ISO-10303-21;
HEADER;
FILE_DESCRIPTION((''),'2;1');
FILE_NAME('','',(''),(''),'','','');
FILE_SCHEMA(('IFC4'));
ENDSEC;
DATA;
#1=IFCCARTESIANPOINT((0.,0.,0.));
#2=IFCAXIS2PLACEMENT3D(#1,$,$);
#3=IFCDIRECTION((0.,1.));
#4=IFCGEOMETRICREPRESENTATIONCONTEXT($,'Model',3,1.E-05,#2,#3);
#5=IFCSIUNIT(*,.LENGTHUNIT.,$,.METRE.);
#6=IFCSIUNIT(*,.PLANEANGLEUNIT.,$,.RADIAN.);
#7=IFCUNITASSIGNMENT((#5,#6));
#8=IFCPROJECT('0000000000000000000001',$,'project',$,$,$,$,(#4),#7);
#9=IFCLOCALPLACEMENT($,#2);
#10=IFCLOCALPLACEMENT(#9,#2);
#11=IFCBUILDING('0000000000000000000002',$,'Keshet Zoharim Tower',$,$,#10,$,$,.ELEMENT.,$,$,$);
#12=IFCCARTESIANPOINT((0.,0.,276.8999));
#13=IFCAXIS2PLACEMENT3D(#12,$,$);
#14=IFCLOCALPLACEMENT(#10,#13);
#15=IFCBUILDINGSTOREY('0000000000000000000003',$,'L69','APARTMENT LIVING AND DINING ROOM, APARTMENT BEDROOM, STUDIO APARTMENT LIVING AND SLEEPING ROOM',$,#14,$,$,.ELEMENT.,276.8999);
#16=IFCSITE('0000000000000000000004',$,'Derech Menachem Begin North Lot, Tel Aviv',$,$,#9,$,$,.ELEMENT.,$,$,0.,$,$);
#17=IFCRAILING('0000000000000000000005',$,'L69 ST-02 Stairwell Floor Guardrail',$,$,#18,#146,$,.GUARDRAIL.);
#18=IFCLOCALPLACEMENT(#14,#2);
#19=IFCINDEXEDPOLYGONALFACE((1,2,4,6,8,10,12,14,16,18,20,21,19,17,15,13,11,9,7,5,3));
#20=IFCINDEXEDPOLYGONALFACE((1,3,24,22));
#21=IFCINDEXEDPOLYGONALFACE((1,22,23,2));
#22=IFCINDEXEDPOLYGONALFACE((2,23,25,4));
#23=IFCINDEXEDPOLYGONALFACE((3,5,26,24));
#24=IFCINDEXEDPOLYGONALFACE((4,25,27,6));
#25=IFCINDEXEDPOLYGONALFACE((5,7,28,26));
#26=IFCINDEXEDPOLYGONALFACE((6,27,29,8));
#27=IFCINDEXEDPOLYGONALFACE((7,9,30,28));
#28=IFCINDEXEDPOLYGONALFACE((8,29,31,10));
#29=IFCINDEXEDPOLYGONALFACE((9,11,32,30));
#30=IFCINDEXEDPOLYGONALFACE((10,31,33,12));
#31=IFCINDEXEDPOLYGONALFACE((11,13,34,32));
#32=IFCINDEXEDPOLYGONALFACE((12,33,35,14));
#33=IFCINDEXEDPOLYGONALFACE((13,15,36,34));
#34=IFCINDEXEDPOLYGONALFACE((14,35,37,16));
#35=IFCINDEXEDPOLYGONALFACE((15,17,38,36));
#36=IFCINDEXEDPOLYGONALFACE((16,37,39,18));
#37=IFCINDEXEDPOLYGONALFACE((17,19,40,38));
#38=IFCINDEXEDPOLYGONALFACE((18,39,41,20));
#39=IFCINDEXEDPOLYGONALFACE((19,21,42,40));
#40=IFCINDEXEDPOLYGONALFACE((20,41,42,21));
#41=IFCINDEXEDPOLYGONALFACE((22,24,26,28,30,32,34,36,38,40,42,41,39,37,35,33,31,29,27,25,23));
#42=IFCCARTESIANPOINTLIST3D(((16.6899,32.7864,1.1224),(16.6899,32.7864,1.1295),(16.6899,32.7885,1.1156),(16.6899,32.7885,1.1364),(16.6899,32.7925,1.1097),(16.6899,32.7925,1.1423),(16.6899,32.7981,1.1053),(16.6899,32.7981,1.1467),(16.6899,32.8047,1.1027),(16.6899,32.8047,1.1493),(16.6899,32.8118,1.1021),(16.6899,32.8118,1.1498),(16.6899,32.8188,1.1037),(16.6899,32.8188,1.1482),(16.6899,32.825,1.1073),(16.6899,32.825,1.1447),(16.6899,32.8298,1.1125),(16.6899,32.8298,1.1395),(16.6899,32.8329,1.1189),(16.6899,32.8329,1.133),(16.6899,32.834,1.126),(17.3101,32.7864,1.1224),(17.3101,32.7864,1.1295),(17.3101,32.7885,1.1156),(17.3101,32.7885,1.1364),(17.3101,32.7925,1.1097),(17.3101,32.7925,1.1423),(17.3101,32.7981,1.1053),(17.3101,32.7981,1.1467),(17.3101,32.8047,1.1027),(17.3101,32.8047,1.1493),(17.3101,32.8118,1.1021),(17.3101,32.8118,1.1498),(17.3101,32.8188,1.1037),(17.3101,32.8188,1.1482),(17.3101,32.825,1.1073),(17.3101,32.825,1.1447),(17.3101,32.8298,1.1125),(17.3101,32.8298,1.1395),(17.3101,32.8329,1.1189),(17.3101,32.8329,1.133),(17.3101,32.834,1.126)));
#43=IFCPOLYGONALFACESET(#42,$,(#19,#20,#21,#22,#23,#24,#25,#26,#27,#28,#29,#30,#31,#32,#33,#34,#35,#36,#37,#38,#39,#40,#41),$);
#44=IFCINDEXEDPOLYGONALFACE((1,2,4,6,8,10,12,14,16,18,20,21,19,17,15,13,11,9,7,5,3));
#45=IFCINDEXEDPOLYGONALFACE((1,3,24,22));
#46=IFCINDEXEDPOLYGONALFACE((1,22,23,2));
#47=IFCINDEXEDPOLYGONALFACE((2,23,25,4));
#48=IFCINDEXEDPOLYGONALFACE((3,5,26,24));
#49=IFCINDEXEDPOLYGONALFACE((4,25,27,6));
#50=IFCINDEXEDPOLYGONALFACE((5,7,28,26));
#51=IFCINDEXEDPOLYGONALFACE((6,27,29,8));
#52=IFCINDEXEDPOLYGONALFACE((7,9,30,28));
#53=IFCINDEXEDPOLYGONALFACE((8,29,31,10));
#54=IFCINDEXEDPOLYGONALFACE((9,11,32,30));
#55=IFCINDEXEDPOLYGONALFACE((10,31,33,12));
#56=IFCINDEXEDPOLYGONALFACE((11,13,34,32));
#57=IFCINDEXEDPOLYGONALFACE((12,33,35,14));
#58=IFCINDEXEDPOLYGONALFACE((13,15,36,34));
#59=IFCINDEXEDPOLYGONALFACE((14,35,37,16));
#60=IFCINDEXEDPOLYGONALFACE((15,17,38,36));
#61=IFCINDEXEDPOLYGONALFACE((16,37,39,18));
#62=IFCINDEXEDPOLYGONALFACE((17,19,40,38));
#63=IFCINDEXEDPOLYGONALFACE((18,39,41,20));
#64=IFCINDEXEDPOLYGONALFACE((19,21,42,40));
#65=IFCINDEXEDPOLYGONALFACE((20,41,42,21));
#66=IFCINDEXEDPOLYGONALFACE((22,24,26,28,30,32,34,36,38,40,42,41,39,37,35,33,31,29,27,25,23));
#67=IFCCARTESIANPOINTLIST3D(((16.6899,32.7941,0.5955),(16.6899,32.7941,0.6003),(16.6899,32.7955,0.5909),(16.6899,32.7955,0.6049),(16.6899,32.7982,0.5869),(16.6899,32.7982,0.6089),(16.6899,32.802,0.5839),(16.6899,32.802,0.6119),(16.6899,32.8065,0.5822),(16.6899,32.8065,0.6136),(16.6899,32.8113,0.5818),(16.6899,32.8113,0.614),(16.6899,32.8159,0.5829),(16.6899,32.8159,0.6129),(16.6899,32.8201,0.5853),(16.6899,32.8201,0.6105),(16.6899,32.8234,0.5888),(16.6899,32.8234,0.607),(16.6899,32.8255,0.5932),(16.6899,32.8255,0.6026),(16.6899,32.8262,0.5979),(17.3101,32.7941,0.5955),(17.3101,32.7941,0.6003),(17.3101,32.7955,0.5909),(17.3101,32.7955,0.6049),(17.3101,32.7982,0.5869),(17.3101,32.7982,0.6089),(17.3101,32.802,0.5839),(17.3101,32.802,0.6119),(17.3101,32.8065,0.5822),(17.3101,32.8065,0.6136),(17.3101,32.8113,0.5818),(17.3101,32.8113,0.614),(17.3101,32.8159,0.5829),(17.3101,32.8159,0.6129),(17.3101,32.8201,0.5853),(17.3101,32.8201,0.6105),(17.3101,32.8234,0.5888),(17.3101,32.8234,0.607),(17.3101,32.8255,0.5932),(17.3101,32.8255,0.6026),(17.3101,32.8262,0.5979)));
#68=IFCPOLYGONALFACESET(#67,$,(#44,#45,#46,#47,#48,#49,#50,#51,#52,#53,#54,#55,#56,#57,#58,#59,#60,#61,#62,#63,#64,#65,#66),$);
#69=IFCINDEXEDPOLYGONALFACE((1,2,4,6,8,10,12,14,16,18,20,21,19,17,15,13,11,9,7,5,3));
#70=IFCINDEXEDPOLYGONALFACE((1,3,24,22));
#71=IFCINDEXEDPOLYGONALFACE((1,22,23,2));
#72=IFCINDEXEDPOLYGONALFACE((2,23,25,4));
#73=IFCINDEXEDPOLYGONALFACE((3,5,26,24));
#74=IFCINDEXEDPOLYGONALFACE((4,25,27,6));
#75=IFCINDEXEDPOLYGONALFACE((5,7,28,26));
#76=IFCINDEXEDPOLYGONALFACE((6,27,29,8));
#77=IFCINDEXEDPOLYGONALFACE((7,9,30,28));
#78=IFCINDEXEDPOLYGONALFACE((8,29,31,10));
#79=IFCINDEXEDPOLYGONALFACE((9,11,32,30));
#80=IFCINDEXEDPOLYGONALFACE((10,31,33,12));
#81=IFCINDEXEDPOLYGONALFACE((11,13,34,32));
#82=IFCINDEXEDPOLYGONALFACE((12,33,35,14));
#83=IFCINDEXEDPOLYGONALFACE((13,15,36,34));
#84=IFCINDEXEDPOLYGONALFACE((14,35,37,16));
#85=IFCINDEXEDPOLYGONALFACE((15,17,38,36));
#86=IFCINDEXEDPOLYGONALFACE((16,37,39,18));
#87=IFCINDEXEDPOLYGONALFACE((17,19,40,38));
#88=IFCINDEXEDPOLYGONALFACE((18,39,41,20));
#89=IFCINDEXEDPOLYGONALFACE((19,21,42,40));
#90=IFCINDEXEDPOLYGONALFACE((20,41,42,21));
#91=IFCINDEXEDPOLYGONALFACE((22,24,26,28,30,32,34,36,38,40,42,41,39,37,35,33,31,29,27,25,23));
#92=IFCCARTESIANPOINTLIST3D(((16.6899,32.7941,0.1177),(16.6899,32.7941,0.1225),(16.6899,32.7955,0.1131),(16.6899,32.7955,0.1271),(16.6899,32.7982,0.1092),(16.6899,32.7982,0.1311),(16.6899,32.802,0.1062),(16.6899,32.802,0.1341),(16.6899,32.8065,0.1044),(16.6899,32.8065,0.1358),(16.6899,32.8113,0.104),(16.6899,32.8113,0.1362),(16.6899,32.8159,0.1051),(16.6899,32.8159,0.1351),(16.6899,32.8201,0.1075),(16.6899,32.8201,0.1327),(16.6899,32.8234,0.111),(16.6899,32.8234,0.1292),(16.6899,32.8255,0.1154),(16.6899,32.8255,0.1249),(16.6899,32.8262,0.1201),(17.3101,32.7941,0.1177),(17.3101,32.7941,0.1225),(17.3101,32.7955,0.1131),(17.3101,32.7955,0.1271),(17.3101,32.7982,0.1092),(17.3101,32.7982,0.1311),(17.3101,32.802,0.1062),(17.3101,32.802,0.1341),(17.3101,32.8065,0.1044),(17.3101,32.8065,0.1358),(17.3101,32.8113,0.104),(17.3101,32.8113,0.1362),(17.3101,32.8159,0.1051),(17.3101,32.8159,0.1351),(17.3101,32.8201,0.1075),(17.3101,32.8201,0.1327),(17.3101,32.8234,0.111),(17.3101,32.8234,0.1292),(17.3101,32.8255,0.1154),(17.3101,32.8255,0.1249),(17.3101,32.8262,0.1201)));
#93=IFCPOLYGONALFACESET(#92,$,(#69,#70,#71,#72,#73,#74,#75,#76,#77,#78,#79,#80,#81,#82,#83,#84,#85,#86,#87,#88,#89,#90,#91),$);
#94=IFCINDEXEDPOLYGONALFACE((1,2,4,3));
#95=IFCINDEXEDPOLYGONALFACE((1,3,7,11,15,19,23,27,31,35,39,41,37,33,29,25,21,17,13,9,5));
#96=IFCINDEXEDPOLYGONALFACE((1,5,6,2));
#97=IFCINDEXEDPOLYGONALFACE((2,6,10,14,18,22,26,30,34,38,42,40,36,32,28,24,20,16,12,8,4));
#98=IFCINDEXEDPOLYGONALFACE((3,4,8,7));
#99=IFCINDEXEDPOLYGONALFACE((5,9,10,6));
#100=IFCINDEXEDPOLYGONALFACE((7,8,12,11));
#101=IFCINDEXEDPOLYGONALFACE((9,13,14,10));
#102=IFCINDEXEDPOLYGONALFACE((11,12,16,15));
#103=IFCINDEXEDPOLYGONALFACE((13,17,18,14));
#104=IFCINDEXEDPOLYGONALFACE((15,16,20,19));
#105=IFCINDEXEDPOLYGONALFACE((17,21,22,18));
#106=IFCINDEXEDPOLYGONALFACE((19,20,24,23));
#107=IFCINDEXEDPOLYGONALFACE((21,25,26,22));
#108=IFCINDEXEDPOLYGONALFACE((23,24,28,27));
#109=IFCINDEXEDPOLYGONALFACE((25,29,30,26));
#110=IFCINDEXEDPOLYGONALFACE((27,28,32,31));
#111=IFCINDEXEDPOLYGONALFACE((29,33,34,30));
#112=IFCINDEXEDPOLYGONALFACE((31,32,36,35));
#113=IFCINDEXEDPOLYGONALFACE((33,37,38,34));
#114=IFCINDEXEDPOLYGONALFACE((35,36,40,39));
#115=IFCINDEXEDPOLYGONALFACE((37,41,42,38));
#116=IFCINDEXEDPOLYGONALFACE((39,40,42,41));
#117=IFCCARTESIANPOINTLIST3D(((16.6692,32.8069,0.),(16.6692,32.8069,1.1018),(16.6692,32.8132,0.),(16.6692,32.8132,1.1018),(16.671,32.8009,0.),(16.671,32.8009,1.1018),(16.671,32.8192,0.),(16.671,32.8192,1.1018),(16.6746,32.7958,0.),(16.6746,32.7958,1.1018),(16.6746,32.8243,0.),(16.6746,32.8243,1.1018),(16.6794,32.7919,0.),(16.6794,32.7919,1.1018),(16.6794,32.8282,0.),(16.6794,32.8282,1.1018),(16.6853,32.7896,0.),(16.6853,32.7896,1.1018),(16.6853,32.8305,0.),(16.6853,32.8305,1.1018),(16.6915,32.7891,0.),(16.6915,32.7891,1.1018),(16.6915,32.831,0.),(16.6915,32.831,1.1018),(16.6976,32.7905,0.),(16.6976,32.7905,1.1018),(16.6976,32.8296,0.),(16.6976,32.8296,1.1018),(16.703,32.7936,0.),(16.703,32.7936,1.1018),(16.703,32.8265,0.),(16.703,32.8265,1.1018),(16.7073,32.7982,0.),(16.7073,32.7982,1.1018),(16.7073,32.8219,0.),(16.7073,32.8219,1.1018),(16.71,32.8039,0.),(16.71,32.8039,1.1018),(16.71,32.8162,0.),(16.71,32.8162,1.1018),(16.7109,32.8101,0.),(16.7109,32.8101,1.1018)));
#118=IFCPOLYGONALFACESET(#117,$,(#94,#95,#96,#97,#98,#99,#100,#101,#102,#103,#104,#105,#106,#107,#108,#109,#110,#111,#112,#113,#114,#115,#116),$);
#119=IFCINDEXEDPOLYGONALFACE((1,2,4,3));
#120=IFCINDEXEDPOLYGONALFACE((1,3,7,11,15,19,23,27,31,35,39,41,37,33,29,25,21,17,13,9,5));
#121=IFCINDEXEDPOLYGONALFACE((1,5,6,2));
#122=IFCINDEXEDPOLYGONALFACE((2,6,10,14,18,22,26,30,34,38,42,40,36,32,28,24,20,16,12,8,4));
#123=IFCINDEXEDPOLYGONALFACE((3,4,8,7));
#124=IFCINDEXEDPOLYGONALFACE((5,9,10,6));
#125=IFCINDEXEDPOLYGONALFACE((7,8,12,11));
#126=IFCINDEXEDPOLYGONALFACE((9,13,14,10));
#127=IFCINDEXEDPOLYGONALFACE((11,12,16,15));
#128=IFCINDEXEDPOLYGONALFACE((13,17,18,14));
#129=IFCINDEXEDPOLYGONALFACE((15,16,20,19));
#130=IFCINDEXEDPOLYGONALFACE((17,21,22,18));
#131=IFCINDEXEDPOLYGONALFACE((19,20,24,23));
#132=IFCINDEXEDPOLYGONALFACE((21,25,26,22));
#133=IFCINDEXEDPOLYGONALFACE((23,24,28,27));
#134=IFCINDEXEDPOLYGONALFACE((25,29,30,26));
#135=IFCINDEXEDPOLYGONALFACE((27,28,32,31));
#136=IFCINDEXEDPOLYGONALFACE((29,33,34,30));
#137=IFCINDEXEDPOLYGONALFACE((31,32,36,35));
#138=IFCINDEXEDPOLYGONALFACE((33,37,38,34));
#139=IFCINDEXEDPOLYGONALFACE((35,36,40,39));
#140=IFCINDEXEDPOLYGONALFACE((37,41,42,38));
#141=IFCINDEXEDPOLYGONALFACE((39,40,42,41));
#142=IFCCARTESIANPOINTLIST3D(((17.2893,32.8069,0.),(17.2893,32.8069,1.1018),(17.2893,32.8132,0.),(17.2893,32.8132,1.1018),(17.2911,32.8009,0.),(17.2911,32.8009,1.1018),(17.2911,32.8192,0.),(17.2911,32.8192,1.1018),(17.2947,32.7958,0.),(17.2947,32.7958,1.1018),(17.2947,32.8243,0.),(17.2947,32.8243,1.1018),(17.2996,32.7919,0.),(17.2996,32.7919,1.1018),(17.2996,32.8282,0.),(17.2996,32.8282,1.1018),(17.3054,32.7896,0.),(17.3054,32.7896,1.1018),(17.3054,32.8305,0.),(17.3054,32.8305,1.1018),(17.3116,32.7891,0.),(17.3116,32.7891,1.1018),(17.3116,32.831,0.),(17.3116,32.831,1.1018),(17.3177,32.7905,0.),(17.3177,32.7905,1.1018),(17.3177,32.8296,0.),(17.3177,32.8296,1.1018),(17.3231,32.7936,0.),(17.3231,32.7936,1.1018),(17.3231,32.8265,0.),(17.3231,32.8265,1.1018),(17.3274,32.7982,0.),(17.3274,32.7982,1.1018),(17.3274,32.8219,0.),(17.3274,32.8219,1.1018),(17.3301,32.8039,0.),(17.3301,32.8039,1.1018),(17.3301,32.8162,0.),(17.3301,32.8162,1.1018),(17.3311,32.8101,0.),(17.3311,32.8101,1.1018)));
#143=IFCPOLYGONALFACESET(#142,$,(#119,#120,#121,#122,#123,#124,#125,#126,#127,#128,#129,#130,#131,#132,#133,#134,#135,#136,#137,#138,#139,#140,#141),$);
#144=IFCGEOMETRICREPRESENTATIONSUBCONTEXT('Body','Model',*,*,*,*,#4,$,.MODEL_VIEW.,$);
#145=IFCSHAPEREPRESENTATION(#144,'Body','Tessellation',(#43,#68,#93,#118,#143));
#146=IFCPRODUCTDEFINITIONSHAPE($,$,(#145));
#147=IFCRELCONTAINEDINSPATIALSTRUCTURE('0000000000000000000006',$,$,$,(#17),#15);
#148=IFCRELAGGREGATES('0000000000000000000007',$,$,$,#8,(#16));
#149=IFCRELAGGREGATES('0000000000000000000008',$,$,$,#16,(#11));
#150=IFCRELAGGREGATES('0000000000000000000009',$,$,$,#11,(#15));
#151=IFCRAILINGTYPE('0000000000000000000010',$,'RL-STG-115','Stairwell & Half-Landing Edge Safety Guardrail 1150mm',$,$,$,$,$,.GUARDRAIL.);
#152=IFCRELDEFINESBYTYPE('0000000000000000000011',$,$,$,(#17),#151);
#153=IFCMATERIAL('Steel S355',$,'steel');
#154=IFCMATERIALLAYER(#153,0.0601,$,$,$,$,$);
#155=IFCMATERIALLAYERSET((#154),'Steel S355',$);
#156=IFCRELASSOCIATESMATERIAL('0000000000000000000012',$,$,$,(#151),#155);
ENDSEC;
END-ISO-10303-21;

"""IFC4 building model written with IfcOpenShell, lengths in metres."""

from ifc_helpers import new_model, si_unit, direction, frame, origin, origin_2d, place, context, subcontext, project, spatial, circle, extrude, material, layer, layer_set, type_object, element, save


model = new_model("IFC4")

# Units and contexts
model_context = context("Model", 3, precision=1e-05, world=origin(), true_north=direction((0.0, 1.0)))
body_context = subcontext(model_context, "Body", "Model", "MODEL_VIEW")
ifc_project = project(units=[si_unit("LENGTHUNIT", "METRE"), si_unit("PLANEANGLEUNIT", "RADIAN")], contexts=[model_context])

# Site, building, storey
site_placement = place(None, origin())
site = spatial("IfcSite", under=ifc_project, at=site_placement, Name="Derech Menachem Begin North Lot, Tel Aviv", CompositionType="ELEMENT", RefElevation=0.0)
building_placement = place(site_placement, origin())
building = spatial("IfcBuilding", under=site, at=building_placement, Name="Keshet Zoharim Tower", CompositionType="ELEMENT")
storey_placement = place(building_placement, frame((0.0, 0.0, 276.8999)))
storey = spatial("IfcBuildingStorey", under=building, at=storey_placement, Name="L69", Description="APARTMENT LIVING AND DINING ROOM, APARTMENT BEDROOM, STUDIO APARTMENT LIVING AND SLEEPING ROOM", CompositionType="ELEMENT", Elevation=276.8999)

# Shared definitions
ifc_material_1 = material(Name="Steel S355", Category="steel")

# Railing
ifc_layer_1 = layer(ifc_material_1, 0.0601)
ifc_layer_set_1 = layer_set([ifc_layer_1], Name="Steel S355")
railing_type_1 = type_object("IfcRailingType", Name="RL-STG-115", Description="Stairwell & Half-Landing Edge Safety Guardrail 1150mm", PredefinedType="GUARDRAIL", material=ifc_layer_set_1)
railing_1_placement = place(storey_placement, frame((16.6899, 32.8101, 0.0)))
element("IfcRailing", 1, at=railing_1_placement, inside=storey, type_object=railing_type_1, Name="L69 ST-02 Stairwell Floor Guardrail", PredefinedType="GUARDRAIL", context=body_context, shape_type="SweptSolid", body=[
    extrude(circle(Radius=0.0239, at=origin_2d()), frame((0.0, 0.0, 1.126), z_axis=(1.0, 0.0, 0.0), x_axis=(0.0, 1.0, 0.0)), (0.0, 0.0, 1.0), 0.6201),
    extrude(circle(Radius=0.0161, at=origin_2d()), frame((0.0, 0.0, 0.5979), z_axis=(1.0, 0.0, 0.0), x_axis=(0.0, 1.0, 0.0)), (0.0, 0.0, 1.0), 0.6201),
    extrude(circle(Radius=0.0161, at=origin_2d()), frame((0.0, 0.0, 0.1201), z_axis=(1.0, 0.0, 0.0), x_axis=(0.0, 1.0, 0.0)), (0.0, 0.0, 1.0), 0.6201),
    extrude(circle(Radius=0.021, at=origin_2d()), origin(), (0.0, 0.0, 1.0), 1.1018),
    extrude(circle(Radius=0.021, at=origin_2d()), frame((0.6201, 0.0, 0.0)), (0.0, 0.0, 1.0), 1.1018),
])

save(model, "model.ifc")
